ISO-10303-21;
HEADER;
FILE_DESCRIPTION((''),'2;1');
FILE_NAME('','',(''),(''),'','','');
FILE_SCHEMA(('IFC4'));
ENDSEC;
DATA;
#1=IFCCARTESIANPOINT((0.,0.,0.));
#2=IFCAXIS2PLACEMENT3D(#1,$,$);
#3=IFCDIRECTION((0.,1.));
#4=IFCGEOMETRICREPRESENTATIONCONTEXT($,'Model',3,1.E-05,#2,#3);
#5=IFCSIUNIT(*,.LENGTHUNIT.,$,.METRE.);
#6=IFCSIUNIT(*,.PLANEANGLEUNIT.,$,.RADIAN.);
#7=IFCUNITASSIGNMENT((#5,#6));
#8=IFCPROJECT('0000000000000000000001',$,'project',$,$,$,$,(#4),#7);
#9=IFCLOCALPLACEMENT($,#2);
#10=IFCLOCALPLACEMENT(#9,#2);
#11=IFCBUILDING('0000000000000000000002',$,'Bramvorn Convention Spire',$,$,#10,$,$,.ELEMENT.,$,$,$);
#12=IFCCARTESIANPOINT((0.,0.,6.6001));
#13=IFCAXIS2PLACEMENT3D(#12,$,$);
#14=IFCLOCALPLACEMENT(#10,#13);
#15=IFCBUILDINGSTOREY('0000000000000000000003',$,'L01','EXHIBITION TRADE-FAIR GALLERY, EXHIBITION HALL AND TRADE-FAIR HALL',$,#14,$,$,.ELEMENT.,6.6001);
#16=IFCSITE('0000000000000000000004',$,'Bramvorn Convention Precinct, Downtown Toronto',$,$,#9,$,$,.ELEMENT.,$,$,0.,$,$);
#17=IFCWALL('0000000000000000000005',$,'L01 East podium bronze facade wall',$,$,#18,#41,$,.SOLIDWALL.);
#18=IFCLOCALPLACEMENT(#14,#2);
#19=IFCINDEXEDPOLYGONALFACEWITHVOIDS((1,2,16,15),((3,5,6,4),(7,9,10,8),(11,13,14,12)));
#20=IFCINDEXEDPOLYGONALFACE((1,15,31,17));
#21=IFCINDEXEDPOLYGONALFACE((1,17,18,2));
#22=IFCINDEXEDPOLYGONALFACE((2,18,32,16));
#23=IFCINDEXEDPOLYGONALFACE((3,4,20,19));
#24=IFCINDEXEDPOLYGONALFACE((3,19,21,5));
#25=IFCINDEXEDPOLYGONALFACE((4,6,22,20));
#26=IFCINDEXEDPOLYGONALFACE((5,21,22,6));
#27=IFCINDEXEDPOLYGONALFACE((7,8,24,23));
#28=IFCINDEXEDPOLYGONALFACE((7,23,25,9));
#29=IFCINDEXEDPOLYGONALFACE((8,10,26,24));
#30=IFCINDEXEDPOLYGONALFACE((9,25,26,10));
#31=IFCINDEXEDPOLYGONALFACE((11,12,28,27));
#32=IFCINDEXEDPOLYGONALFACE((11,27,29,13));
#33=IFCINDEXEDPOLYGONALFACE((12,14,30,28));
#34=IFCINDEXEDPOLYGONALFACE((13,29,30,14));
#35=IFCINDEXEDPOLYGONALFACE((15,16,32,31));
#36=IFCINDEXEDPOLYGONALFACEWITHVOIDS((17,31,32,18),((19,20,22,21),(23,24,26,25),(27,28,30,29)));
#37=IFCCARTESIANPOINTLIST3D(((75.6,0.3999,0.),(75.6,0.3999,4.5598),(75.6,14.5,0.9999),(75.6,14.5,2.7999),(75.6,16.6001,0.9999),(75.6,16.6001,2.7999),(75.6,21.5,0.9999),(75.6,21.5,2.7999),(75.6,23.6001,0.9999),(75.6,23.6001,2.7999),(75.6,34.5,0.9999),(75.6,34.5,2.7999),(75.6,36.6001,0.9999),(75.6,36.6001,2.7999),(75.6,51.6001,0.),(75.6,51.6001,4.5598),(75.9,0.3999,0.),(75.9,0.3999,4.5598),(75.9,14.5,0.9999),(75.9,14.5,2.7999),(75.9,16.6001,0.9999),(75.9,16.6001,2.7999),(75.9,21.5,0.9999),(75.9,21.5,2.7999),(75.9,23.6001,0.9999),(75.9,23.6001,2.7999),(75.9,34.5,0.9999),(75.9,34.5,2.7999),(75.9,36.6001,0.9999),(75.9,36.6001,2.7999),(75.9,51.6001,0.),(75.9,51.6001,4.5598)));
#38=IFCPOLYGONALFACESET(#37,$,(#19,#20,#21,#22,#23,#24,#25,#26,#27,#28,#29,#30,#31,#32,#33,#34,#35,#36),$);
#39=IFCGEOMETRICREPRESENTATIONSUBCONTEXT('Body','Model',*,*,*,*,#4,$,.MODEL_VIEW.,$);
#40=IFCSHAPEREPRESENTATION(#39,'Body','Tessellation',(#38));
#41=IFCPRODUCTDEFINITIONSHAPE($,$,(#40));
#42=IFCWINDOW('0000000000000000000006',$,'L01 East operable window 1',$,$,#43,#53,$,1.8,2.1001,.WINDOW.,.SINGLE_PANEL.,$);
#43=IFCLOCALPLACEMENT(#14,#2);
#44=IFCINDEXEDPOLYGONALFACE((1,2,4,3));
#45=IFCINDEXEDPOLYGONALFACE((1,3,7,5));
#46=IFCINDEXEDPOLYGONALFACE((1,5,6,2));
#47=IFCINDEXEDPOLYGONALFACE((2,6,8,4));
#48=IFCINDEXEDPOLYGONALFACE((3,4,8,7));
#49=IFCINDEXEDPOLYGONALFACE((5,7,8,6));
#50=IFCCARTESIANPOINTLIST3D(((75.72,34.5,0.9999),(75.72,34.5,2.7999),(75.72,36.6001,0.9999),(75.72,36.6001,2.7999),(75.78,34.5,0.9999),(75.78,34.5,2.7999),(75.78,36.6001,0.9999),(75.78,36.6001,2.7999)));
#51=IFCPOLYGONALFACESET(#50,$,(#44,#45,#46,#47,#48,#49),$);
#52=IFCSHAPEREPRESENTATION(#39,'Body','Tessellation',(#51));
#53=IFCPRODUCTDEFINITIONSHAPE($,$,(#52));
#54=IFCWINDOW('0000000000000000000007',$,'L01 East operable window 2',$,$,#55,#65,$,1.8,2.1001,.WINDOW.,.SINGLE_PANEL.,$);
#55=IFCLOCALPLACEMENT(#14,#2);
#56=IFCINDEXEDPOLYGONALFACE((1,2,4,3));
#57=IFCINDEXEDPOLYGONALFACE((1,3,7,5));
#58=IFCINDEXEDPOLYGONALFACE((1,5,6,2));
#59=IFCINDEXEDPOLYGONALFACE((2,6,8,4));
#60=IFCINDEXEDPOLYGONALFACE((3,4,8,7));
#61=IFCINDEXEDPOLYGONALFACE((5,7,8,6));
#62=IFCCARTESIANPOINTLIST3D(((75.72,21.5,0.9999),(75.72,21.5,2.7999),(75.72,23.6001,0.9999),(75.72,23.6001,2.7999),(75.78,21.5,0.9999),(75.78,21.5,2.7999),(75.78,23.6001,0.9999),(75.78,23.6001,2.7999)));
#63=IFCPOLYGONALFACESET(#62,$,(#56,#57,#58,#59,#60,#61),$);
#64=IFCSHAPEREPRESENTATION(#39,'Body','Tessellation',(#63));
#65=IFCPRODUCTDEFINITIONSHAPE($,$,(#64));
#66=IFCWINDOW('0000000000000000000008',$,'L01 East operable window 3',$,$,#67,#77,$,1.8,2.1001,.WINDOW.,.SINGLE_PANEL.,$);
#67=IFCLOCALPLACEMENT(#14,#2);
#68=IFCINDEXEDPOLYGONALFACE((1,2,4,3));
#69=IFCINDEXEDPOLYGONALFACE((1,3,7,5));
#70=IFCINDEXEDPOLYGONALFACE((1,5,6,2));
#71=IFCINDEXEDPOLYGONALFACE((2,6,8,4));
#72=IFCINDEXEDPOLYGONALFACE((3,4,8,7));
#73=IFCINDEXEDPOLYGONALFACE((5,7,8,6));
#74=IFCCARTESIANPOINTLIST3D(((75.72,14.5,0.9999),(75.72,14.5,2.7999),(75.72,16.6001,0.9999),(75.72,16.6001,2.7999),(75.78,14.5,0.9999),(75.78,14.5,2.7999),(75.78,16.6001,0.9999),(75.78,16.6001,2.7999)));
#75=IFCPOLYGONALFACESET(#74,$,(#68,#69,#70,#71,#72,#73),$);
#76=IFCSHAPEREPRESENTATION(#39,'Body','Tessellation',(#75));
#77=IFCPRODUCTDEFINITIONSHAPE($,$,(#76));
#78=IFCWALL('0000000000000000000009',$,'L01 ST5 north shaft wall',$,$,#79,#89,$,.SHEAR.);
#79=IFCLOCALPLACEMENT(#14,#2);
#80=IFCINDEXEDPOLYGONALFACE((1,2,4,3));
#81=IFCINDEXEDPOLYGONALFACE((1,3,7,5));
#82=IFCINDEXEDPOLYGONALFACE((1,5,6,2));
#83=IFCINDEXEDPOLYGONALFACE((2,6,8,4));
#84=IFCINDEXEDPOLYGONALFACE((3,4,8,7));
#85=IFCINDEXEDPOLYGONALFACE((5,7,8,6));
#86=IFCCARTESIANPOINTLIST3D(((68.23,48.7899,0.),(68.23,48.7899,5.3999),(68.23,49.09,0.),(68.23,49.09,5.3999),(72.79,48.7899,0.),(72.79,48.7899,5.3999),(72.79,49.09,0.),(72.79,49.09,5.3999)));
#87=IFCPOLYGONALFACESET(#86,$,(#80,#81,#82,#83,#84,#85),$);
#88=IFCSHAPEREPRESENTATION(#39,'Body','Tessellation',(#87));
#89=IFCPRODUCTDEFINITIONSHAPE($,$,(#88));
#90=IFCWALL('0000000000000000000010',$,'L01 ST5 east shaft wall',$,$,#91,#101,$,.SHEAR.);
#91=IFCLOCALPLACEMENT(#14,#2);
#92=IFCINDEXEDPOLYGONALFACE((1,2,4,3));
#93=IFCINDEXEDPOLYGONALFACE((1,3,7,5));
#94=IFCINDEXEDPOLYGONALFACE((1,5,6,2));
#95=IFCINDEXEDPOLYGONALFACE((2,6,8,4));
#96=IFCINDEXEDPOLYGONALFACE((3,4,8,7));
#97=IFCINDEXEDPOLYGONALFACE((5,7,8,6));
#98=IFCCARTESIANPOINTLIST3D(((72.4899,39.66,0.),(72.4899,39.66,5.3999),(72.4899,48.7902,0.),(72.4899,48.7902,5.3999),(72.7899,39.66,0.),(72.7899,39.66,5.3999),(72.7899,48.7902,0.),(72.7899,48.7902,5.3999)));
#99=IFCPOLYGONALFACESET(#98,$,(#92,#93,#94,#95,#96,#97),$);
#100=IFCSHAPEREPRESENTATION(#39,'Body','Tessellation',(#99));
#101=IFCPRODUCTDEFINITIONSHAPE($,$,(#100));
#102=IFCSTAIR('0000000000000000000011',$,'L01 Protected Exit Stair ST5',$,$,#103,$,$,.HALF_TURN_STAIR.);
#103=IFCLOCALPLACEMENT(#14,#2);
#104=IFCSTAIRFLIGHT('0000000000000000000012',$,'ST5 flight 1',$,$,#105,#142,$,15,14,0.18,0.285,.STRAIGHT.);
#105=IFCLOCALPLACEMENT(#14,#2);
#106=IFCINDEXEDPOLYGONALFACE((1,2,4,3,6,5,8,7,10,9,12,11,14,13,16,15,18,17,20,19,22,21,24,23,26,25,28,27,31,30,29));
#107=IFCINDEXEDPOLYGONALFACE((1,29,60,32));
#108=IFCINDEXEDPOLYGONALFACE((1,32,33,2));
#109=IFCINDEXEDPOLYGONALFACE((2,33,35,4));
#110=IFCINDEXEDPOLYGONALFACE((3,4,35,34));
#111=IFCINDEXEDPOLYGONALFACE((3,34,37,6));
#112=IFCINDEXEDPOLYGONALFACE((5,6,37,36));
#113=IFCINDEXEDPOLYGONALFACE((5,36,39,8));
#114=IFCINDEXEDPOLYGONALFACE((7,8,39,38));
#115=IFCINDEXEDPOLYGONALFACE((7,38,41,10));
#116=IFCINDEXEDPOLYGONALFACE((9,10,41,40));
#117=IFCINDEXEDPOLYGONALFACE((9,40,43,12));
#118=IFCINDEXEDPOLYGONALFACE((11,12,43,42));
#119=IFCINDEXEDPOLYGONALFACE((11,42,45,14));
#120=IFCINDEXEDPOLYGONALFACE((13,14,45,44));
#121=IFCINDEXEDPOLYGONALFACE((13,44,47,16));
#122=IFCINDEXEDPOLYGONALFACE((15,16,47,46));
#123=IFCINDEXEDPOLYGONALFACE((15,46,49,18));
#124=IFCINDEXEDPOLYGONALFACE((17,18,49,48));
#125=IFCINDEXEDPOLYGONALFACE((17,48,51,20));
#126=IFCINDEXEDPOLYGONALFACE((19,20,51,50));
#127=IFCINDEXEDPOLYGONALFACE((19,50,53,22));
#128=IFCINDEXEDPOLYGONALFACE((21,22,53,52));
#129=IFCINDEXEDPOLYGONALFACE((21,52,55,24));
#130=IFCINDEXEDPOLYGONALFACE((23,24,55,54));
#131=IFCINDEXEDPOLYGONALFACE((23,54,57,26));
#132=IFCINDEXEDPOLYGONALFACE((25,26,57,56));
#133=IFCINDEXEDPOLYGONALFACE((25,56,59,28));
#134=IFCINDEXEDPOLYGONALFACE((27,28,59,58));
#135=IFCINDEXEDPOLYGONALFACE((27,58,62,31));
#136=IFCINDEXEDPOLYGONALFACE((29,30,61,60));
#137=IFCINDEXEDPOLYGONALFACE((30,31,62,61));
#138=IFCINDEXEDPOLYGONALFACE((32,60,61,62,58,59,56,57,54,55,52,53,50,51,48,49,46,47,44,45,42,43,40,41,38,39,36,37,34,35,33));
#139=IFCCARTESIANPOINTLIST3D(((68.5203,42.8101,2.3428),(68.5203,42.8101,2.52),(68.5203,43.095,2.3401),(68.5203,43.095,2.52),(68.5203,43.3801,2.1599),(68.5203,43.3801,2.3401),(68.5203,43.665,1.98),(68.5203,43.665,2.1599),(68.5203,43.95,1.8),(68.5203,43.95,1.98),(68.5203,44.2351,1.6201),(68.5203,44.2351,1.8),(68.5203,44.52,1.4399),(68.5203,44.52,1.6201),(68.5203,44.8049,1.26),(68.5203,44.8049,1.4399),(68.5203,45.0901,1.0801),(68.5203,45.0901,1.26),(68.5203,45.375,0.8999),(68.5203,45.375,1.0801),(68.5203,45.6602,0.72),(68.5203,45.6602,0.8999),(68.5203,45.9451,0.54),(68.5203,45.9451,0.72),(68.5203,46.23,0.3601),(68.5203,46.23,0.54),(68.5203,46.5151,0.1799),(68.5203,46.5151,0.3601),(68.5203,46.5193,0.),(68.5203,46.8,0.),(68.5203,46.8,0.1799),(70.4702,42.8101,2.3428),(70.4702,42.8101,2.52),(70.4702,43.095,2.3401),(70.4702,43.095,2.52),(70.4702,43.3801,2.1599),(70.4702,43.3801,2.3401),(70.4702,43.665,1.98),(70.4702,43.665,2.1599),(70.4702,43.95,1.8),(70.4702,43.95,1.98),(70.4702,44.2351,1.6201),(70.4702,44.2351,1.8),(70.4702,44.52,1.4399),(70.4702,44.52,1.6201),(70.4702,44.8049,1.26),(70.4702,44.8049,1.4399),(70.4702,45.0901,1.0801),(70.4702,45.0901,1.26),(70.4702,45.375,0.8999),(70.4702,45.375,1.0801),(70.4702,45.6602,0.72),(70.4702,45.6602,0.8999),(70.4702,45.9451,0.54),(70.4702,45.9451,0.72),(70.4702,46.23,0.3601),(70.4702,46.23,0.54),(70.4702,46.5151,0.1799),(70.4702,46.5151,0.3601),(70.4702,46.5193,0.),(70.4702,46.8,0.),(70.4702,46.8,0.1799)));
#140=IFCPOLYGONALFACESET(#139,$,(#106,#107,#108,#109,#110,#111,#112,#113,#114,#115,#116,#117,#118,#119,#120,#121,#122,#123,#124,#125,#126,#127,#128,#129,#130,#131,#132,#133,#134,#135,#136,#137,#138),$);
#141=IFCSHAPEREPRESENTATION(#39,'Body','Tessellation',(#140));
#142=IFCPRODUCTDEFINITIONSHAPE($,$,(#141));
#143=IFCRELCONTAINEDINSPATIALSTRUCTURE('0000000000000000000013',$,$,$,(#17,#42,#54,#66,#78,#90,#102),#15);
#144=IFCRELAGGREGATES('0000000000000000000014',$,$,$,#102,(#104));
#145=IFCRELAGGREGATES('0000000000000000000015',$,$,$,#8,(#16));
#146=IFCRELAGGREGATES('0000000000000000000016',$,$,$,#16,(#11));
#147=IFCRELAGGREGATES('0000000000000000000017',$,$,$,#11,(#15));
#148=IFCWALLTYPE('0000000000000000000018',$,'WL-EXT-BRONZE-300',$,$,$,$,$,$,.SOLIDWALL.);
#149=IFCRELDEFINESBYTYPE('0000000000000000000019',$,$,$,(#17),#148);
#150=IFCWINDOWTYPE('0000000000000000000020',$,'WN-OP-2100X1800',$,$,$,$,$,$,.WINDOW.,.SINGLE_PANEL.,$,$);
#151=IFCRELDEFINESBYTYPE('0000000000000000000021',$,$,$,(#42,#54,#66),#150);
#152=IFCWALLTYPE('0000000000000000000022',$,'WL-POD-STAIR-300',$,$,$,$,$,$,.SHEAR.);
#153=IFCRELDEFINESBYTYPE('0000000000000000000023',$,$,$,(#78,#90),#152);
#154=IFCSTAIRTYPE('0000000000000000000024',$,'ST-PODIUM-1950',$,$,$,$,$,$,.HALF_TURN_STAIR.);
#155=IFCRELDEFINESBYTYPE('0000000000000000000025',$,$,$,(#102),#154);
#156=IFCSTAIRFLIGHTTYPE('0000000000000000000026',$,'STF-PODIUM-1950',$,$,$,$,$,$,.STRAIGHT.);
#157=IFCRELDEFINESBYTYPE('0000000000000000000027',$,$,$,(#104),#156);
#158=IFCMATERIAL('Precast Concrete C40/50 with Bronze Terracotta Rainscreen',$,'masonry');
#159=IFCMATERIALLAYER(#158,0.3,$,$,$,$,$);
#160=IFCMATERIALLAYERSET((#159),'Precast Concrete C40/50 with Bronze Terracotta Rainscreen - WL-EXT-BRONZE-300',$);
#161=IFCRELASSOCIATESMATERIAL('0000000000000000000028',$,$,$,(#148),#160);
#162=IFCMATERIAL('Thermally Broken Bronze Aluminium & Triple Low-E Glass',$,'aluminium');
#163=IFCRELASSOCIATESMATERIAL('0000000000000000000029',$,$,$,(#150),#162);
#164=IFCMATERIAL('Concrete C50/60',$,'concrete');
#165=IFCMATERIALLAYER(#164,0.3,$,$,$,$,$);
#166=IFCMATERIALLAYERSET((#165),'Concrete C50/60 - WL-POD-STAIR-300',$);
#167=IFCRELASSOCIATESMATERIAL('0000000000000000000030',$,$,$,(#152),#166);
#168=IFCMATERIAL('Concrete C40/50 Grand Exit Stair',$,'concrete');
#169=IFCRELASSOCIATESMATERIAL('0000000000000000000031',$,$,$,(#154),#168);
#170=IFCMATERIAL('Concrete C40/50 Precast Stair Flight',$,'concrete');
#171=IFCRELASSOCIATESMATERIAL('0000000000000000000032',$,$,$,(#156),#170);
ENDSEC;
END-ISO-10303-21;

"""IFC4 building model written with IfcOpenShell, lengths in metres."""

from ifc_helpers import new_model, si_unit, direction, frame, frame_2d, origin, place, context, subcontext, project, spatial, polyline, rectangle, outline, extrude, material, layer, layer_set, type_object, element, fill, aggregate, save


model = new_model("IFC4")

# Units and contexts
model_context = context("Model", 3, precision=1e-05, world=origin(), true_north=direction((0.0, 1.0)))
body_context = subcontext(model_context, "Body", "Model", "MODEL_VIEW")
ifc_project = project(units=[si_unit("LENGTHUNIT", "METRE"), si_unit("PLANEANGLEUNIT", "RADIAN")], contexts=[model_context])

# Site, building, storey
site_placement = place(None, origin())
site = spatial("IfcSite", under=ifc_project, at=site_placement, Name="Bramvorn Convention Precinct, Downtown Toronto", CompositionType="ELEMENT", RefElevation=0.0)
building_placement = place(site_placement, origin())
building = spatial("IfcBuilding", under=site, at=building_placement, Name="Bramvorn Convention Spire", CompositionType="ELEMENT")
storey_placement = place(building_placement, frame((0.0, 0.0, 6.6001)))
storey = spatial("IfcBuildingStorey", under=building, at=storey_placement, Name="L01", Description="EXHIBITION TRADE-FAIR GALLERY, EXHIBITION HALL AND TRADE-FAIR HALL", CompositionType="ELEMENT", Elevation=6.6001)

# Wall, openings, windows
ifc_material_1 = material(Name="Precast Concrete C40/50 with Bronze Terracotta Rainscreen", Category="masonry")
ifc_layer_1 = layer(ifc_material_1, 0.3)
ifc_layer_set_1 = layer_set([ifc_layer_1], Name="Precast Concrete C40/50 with Bronze Terracotta Rainscreen - WL-EXT-BRONZE-300")
wall_type_1 = type_object("IfcWallType", Name="WL-EXT-BRONZE-300", PredefinedType="SOLIDWALL", material=ifc_layer_set_1)
wall_1_placement = place(storey_placement, frame((75.75, 51.6001, 0.0), z_axis=(0.0, 0.0, 1.0), x_axis=(0.0, -1.0, 0.0)))
wall_1 = element("IfcWall", 1, at=wall_1_placement, inside=storey, type_object=wall_type_1, Name="L01 East podium bronze facade wall", PredefinedType="SOLIDWALL", context=body_context, shape_type="SweptSolid", body=[
    extrude(rectangle(XDim=51.2002, YDim=0.3, at=frame_2d((25.6001, 0.0))), origin(), (0.0, 0.0, 1.0), 4.5598),
])
opening_1_placement = place(wall_1_placement, frame((15.0, 0.0, 1.0)))
opening_1 = element("IfcOpeningElement", 2, at=opening_1_placement, cuts=wall_1, PredefinedType="OPENING", context=body_context, shape_type="SweptSolid", body=[
    extrude(rectangle(XDim=2.1001, YDim=1.8, at=frame_2d((1.05, 0.8999))), frame((0.0, 0.1599, 0.0), z_axis=(0.0, -1.0, 0.0), x_axis=(1.0, 0.0, 0.0)), (0.0, 0.0, 1.0), 0.3201),
])
opening_2_placement = place(wall_1_placement, frame((28.0, 0.0, 1.0)))
opening_2 = element("IfcOpeningElement", 3, at=opening_2_placement, cuts=wall_1, PredefinedType="OPENING", context=body_context, shape_type="SweptSolid", body=[
    extrude(rectangle(XDim=2.1001, YDim=1.8, at=frame_2d((1.05, 0.8999))), frame((0.0, 0.1599, 0.0), z_axis=(0.0, -1.0, 0.0), x_axis=(1.0, 0.0, 0.0)), (0.0, 0.0, 1.0), 0.3201),
])
opening_3_placement = place(wall_1_placement, frame((35.0, 0.0, 1.0)))
opening_3 = element("IfcOpeningElement", 4, at=opening_3_placement, cuts=wall_1, PredefinedType="OPENING", context=body_context, shape_type="SweptSolid", body=[
    extrude(rectangle(XDim=2.1001, YDim=1.8, at=frame_2d((1.05, 0.8999))), frame((0.0, 0.1599, 0.0), z_axis=(0.0, -1.0, 0.0), x_axis=(1.0, 0.0, 0.0)), (0.0, 0.0, 1.0), 0.3201),
])
ifc_material_2 = material(Name="Thermally Broken Bronze Aluminium & Triple Low-E Glass", Category="aluminium")
window_type = type_object("IfcWindowType", Name="WN-OP-2100X1800", PartitioningType="SINGLE_PANEL", PredefinedType="WINDOW", material=ifc_material_2)
window_1_placement = place(opening_1_placement, origin())
window_1 = element("IfcWindow", 5, at=window_1_placement, inside=storey, type_object=window_type, Name="L01 East operable window 1", OverallHeight=1.8, OverallWidth=2.1001, PartitioningType="SINGLE_PANEL", PredefinedType="WINDOW", context=body_context, shape_type="SweptSolid", body=[
    extrude(rectangle(XDim=2.1001, YDim=1.8, at=frame_2d((1.05, 0.8999))), frame((0.0, 0.03, 0.0), z_axis=(0.0, -1.0, 0.0), x_axis=(1.0, 0.0, 0.0)), (0.0, 0.0, 1.0), 0.0601),
])
fill(opening_1, window_1)
window_2_placement = place(opening_2_placement, origin())
window_2 = element("IfcWindow", 6, at=window_2_placement, inside=storey, type_object=window_type, Name="L01 East operable window 2", OverallHeight=1.8, OverallWidth=2.1001, PartitioningType="SINGLE_PANEL", PredefinedType="WINDOW", context=body_context, shape_type="SweptSolid", body=[
    extrude(rectangle(XDim=2.1001, YDim=1.8, at=frame_2d((1.05, 0.8999))), frame((0.0, 0.03, 0.0), z_axis=(0.0, -1.0, 0.0), x_axis=(1.0, 0.0, 0.0)), (0.0, 0.0, 1.0), 0.0601),
])
fill(opening_2, window_2)
window_3_placement = place(opening_3_placement, origin())
window_3 = element("IfcWindow", 7, at=window_3_placement, inside=storey, type_object=window_type, Name="L01 East operable window 3", OverallHeight=1.8, OverallWidth=2.1001, PartitioningType="SINGLE_PANEL", PredefinedType="WINDOW", context=body_context, shape_type="SweptSolid", body=[
    extrude(rectangle(XDim=2.1001, YDim=1.8, at=frame_2d((1.05, 0.8999))), frame((0.0, 0.03, 0.0), z_axis=(0.0, -1.0, 0.0), x_axis=(1.0, 0.0, 0.0)), (0.0, 0.0, 1.0), 0.0601),
])
fill(opening_3, window_3)

# Walls
ifc_material_3 = material(Name="Concrete C50/60", Category="concrete")
ifc_layer_2 = layer(ifc_material_3, 0.3)
ifc_layer_set_2 = layer_set([ifc_layer_2], Name="Concrete C50/60 - WL-POD-STAIR-300")
wall_type_2 = type_object("IfcWallType", Name="WL-POD-STAIR-300", PredefinedType="SHEAR", material=ifc_layer_set_2)
wall_2_placement = place(storey_placement, frame((68.23, 48.9399, 0.0), z_axis=(0.0, 0.0, 1.0), x_axis=(1.0, 0.0, 0.0)))
element("IfcWall", 8, at=wall_2_placement, inside=storey, type_object=wall_type_2, Name="L01 ST5 north shaft wall", PredefinedType="SHEAR", context=body_context, shape_type="SweptSolid", body=[
    extrude(rectangle(XDim=4.5601, YDim=0.3, at=frame_2d((2.28, 0.0))), origin(), (0.0, 0.0, 1.0), 5.3999),
])
wall_3_placement = place(storey_placement, frame((72.6399, 48.79, 0.0), z_axis=(0.0, 0.0, 1.0), x_axis=(0.0, -1.0, 0.0)))
element("IfcWall", 9, at=wall_3_placement, inside=storey, type_object=wall_type_2, Name="L01 ST5 east shaft wall", PredefinedType="SHEAR", context=body_context, shape_type="SweptSolid", body=[
    extrude(rectangle(XDim=9.1301, YDim=0.3, at=frame_2d((4.5649, 0.0))), origin(), (0.0, 0.0, 1.0), 5.3999),
])

# Stair, stair flight
ifc_material_4 = material(Name="Concrete C40/50 Grand Exit Stair", Category="concrete")
stair_type = type_object("IfcStairType", Name="ST-PODIUM-1950", PredefinedType="HALF_TURN_STAIR", material=ifc_material_4)
stair_placement = place(storey_placement, origin())
stair = element("IfcStair", 10, at=stair_placement, inside=storey, type_object=stair_type, Name="L01 Protected Exit Stair ST5", PredefinedType="HALF_TURN_STAIR")
ifc_material_5 = material(Name="Concrete C40/50 Precast Stair Flight", Category="concrete")
stair_flight_type = type_object("IfcStairFlightType", Name="STF-PODIUM-1950", PredefinedType="STRAIGHT", material=ifc_material_5)
stair_flight_placement = place(storey_placement, frame((69.4951, 46.8, 0.0), z_axis=(0.0, 0.0, 1.0), x_axis=(0.0, -1.0, 0.0)))
stair_flight = element("IfcStairFlight", 11, at=stair_flight_placement, type_object=stair_flight_type, Name="ST5 flight 1", NumberOfRisers=15, NumberOfTreads=14, PredefinedType="STRAIGHT", RiserHeight=0.18, TreadLength=0.285, context=body_context, shape_type="SweptSolid", body=[
    extrude(outline(polyline([(0.0, 0.0), (0.0, 0.1799), (0.2849, 0.1799), (0.2849, 0.3601), (0.5701, 0.3601), (0.5701, 0.54), (0.855, 0.54), (0.855, 0.72), (1.1399, 0.72), (1.1399, 0.8999), (1.425, 0.8999), (1.425, 1.0801), (1.71, 1.0801), (1.71, 1.26), (1.9951, 1.26), (1.9951, 1.4399), (2.28, 1.4399), (2.28, 1.6201), (2.5649, 1.6201), (2.5649, 1.8), (2.8501, 1.8), (2.8501, 1.98), (3.135, 1.98), (3.135, 2.1599), (3.4199, 2.1599), (3.4199, 2.3401), (3.7051, 2.3401), (3.7051, 2.52), (3.99, 2.52), (3.99, 2.7), (3.99, 2.3428), (0.2808, 0.0), (0.0, 0.0)])), frame((0.0, 0.9751, 0.0), z_axis=(0.0, -1.0, 0.0), x_axis=(1.0, 0.0, 0.0)), (0.0, 0.0, 1.0), 1.95),
])
aggregate(stair, [stair_flight])

save(model, "model.ifc")
